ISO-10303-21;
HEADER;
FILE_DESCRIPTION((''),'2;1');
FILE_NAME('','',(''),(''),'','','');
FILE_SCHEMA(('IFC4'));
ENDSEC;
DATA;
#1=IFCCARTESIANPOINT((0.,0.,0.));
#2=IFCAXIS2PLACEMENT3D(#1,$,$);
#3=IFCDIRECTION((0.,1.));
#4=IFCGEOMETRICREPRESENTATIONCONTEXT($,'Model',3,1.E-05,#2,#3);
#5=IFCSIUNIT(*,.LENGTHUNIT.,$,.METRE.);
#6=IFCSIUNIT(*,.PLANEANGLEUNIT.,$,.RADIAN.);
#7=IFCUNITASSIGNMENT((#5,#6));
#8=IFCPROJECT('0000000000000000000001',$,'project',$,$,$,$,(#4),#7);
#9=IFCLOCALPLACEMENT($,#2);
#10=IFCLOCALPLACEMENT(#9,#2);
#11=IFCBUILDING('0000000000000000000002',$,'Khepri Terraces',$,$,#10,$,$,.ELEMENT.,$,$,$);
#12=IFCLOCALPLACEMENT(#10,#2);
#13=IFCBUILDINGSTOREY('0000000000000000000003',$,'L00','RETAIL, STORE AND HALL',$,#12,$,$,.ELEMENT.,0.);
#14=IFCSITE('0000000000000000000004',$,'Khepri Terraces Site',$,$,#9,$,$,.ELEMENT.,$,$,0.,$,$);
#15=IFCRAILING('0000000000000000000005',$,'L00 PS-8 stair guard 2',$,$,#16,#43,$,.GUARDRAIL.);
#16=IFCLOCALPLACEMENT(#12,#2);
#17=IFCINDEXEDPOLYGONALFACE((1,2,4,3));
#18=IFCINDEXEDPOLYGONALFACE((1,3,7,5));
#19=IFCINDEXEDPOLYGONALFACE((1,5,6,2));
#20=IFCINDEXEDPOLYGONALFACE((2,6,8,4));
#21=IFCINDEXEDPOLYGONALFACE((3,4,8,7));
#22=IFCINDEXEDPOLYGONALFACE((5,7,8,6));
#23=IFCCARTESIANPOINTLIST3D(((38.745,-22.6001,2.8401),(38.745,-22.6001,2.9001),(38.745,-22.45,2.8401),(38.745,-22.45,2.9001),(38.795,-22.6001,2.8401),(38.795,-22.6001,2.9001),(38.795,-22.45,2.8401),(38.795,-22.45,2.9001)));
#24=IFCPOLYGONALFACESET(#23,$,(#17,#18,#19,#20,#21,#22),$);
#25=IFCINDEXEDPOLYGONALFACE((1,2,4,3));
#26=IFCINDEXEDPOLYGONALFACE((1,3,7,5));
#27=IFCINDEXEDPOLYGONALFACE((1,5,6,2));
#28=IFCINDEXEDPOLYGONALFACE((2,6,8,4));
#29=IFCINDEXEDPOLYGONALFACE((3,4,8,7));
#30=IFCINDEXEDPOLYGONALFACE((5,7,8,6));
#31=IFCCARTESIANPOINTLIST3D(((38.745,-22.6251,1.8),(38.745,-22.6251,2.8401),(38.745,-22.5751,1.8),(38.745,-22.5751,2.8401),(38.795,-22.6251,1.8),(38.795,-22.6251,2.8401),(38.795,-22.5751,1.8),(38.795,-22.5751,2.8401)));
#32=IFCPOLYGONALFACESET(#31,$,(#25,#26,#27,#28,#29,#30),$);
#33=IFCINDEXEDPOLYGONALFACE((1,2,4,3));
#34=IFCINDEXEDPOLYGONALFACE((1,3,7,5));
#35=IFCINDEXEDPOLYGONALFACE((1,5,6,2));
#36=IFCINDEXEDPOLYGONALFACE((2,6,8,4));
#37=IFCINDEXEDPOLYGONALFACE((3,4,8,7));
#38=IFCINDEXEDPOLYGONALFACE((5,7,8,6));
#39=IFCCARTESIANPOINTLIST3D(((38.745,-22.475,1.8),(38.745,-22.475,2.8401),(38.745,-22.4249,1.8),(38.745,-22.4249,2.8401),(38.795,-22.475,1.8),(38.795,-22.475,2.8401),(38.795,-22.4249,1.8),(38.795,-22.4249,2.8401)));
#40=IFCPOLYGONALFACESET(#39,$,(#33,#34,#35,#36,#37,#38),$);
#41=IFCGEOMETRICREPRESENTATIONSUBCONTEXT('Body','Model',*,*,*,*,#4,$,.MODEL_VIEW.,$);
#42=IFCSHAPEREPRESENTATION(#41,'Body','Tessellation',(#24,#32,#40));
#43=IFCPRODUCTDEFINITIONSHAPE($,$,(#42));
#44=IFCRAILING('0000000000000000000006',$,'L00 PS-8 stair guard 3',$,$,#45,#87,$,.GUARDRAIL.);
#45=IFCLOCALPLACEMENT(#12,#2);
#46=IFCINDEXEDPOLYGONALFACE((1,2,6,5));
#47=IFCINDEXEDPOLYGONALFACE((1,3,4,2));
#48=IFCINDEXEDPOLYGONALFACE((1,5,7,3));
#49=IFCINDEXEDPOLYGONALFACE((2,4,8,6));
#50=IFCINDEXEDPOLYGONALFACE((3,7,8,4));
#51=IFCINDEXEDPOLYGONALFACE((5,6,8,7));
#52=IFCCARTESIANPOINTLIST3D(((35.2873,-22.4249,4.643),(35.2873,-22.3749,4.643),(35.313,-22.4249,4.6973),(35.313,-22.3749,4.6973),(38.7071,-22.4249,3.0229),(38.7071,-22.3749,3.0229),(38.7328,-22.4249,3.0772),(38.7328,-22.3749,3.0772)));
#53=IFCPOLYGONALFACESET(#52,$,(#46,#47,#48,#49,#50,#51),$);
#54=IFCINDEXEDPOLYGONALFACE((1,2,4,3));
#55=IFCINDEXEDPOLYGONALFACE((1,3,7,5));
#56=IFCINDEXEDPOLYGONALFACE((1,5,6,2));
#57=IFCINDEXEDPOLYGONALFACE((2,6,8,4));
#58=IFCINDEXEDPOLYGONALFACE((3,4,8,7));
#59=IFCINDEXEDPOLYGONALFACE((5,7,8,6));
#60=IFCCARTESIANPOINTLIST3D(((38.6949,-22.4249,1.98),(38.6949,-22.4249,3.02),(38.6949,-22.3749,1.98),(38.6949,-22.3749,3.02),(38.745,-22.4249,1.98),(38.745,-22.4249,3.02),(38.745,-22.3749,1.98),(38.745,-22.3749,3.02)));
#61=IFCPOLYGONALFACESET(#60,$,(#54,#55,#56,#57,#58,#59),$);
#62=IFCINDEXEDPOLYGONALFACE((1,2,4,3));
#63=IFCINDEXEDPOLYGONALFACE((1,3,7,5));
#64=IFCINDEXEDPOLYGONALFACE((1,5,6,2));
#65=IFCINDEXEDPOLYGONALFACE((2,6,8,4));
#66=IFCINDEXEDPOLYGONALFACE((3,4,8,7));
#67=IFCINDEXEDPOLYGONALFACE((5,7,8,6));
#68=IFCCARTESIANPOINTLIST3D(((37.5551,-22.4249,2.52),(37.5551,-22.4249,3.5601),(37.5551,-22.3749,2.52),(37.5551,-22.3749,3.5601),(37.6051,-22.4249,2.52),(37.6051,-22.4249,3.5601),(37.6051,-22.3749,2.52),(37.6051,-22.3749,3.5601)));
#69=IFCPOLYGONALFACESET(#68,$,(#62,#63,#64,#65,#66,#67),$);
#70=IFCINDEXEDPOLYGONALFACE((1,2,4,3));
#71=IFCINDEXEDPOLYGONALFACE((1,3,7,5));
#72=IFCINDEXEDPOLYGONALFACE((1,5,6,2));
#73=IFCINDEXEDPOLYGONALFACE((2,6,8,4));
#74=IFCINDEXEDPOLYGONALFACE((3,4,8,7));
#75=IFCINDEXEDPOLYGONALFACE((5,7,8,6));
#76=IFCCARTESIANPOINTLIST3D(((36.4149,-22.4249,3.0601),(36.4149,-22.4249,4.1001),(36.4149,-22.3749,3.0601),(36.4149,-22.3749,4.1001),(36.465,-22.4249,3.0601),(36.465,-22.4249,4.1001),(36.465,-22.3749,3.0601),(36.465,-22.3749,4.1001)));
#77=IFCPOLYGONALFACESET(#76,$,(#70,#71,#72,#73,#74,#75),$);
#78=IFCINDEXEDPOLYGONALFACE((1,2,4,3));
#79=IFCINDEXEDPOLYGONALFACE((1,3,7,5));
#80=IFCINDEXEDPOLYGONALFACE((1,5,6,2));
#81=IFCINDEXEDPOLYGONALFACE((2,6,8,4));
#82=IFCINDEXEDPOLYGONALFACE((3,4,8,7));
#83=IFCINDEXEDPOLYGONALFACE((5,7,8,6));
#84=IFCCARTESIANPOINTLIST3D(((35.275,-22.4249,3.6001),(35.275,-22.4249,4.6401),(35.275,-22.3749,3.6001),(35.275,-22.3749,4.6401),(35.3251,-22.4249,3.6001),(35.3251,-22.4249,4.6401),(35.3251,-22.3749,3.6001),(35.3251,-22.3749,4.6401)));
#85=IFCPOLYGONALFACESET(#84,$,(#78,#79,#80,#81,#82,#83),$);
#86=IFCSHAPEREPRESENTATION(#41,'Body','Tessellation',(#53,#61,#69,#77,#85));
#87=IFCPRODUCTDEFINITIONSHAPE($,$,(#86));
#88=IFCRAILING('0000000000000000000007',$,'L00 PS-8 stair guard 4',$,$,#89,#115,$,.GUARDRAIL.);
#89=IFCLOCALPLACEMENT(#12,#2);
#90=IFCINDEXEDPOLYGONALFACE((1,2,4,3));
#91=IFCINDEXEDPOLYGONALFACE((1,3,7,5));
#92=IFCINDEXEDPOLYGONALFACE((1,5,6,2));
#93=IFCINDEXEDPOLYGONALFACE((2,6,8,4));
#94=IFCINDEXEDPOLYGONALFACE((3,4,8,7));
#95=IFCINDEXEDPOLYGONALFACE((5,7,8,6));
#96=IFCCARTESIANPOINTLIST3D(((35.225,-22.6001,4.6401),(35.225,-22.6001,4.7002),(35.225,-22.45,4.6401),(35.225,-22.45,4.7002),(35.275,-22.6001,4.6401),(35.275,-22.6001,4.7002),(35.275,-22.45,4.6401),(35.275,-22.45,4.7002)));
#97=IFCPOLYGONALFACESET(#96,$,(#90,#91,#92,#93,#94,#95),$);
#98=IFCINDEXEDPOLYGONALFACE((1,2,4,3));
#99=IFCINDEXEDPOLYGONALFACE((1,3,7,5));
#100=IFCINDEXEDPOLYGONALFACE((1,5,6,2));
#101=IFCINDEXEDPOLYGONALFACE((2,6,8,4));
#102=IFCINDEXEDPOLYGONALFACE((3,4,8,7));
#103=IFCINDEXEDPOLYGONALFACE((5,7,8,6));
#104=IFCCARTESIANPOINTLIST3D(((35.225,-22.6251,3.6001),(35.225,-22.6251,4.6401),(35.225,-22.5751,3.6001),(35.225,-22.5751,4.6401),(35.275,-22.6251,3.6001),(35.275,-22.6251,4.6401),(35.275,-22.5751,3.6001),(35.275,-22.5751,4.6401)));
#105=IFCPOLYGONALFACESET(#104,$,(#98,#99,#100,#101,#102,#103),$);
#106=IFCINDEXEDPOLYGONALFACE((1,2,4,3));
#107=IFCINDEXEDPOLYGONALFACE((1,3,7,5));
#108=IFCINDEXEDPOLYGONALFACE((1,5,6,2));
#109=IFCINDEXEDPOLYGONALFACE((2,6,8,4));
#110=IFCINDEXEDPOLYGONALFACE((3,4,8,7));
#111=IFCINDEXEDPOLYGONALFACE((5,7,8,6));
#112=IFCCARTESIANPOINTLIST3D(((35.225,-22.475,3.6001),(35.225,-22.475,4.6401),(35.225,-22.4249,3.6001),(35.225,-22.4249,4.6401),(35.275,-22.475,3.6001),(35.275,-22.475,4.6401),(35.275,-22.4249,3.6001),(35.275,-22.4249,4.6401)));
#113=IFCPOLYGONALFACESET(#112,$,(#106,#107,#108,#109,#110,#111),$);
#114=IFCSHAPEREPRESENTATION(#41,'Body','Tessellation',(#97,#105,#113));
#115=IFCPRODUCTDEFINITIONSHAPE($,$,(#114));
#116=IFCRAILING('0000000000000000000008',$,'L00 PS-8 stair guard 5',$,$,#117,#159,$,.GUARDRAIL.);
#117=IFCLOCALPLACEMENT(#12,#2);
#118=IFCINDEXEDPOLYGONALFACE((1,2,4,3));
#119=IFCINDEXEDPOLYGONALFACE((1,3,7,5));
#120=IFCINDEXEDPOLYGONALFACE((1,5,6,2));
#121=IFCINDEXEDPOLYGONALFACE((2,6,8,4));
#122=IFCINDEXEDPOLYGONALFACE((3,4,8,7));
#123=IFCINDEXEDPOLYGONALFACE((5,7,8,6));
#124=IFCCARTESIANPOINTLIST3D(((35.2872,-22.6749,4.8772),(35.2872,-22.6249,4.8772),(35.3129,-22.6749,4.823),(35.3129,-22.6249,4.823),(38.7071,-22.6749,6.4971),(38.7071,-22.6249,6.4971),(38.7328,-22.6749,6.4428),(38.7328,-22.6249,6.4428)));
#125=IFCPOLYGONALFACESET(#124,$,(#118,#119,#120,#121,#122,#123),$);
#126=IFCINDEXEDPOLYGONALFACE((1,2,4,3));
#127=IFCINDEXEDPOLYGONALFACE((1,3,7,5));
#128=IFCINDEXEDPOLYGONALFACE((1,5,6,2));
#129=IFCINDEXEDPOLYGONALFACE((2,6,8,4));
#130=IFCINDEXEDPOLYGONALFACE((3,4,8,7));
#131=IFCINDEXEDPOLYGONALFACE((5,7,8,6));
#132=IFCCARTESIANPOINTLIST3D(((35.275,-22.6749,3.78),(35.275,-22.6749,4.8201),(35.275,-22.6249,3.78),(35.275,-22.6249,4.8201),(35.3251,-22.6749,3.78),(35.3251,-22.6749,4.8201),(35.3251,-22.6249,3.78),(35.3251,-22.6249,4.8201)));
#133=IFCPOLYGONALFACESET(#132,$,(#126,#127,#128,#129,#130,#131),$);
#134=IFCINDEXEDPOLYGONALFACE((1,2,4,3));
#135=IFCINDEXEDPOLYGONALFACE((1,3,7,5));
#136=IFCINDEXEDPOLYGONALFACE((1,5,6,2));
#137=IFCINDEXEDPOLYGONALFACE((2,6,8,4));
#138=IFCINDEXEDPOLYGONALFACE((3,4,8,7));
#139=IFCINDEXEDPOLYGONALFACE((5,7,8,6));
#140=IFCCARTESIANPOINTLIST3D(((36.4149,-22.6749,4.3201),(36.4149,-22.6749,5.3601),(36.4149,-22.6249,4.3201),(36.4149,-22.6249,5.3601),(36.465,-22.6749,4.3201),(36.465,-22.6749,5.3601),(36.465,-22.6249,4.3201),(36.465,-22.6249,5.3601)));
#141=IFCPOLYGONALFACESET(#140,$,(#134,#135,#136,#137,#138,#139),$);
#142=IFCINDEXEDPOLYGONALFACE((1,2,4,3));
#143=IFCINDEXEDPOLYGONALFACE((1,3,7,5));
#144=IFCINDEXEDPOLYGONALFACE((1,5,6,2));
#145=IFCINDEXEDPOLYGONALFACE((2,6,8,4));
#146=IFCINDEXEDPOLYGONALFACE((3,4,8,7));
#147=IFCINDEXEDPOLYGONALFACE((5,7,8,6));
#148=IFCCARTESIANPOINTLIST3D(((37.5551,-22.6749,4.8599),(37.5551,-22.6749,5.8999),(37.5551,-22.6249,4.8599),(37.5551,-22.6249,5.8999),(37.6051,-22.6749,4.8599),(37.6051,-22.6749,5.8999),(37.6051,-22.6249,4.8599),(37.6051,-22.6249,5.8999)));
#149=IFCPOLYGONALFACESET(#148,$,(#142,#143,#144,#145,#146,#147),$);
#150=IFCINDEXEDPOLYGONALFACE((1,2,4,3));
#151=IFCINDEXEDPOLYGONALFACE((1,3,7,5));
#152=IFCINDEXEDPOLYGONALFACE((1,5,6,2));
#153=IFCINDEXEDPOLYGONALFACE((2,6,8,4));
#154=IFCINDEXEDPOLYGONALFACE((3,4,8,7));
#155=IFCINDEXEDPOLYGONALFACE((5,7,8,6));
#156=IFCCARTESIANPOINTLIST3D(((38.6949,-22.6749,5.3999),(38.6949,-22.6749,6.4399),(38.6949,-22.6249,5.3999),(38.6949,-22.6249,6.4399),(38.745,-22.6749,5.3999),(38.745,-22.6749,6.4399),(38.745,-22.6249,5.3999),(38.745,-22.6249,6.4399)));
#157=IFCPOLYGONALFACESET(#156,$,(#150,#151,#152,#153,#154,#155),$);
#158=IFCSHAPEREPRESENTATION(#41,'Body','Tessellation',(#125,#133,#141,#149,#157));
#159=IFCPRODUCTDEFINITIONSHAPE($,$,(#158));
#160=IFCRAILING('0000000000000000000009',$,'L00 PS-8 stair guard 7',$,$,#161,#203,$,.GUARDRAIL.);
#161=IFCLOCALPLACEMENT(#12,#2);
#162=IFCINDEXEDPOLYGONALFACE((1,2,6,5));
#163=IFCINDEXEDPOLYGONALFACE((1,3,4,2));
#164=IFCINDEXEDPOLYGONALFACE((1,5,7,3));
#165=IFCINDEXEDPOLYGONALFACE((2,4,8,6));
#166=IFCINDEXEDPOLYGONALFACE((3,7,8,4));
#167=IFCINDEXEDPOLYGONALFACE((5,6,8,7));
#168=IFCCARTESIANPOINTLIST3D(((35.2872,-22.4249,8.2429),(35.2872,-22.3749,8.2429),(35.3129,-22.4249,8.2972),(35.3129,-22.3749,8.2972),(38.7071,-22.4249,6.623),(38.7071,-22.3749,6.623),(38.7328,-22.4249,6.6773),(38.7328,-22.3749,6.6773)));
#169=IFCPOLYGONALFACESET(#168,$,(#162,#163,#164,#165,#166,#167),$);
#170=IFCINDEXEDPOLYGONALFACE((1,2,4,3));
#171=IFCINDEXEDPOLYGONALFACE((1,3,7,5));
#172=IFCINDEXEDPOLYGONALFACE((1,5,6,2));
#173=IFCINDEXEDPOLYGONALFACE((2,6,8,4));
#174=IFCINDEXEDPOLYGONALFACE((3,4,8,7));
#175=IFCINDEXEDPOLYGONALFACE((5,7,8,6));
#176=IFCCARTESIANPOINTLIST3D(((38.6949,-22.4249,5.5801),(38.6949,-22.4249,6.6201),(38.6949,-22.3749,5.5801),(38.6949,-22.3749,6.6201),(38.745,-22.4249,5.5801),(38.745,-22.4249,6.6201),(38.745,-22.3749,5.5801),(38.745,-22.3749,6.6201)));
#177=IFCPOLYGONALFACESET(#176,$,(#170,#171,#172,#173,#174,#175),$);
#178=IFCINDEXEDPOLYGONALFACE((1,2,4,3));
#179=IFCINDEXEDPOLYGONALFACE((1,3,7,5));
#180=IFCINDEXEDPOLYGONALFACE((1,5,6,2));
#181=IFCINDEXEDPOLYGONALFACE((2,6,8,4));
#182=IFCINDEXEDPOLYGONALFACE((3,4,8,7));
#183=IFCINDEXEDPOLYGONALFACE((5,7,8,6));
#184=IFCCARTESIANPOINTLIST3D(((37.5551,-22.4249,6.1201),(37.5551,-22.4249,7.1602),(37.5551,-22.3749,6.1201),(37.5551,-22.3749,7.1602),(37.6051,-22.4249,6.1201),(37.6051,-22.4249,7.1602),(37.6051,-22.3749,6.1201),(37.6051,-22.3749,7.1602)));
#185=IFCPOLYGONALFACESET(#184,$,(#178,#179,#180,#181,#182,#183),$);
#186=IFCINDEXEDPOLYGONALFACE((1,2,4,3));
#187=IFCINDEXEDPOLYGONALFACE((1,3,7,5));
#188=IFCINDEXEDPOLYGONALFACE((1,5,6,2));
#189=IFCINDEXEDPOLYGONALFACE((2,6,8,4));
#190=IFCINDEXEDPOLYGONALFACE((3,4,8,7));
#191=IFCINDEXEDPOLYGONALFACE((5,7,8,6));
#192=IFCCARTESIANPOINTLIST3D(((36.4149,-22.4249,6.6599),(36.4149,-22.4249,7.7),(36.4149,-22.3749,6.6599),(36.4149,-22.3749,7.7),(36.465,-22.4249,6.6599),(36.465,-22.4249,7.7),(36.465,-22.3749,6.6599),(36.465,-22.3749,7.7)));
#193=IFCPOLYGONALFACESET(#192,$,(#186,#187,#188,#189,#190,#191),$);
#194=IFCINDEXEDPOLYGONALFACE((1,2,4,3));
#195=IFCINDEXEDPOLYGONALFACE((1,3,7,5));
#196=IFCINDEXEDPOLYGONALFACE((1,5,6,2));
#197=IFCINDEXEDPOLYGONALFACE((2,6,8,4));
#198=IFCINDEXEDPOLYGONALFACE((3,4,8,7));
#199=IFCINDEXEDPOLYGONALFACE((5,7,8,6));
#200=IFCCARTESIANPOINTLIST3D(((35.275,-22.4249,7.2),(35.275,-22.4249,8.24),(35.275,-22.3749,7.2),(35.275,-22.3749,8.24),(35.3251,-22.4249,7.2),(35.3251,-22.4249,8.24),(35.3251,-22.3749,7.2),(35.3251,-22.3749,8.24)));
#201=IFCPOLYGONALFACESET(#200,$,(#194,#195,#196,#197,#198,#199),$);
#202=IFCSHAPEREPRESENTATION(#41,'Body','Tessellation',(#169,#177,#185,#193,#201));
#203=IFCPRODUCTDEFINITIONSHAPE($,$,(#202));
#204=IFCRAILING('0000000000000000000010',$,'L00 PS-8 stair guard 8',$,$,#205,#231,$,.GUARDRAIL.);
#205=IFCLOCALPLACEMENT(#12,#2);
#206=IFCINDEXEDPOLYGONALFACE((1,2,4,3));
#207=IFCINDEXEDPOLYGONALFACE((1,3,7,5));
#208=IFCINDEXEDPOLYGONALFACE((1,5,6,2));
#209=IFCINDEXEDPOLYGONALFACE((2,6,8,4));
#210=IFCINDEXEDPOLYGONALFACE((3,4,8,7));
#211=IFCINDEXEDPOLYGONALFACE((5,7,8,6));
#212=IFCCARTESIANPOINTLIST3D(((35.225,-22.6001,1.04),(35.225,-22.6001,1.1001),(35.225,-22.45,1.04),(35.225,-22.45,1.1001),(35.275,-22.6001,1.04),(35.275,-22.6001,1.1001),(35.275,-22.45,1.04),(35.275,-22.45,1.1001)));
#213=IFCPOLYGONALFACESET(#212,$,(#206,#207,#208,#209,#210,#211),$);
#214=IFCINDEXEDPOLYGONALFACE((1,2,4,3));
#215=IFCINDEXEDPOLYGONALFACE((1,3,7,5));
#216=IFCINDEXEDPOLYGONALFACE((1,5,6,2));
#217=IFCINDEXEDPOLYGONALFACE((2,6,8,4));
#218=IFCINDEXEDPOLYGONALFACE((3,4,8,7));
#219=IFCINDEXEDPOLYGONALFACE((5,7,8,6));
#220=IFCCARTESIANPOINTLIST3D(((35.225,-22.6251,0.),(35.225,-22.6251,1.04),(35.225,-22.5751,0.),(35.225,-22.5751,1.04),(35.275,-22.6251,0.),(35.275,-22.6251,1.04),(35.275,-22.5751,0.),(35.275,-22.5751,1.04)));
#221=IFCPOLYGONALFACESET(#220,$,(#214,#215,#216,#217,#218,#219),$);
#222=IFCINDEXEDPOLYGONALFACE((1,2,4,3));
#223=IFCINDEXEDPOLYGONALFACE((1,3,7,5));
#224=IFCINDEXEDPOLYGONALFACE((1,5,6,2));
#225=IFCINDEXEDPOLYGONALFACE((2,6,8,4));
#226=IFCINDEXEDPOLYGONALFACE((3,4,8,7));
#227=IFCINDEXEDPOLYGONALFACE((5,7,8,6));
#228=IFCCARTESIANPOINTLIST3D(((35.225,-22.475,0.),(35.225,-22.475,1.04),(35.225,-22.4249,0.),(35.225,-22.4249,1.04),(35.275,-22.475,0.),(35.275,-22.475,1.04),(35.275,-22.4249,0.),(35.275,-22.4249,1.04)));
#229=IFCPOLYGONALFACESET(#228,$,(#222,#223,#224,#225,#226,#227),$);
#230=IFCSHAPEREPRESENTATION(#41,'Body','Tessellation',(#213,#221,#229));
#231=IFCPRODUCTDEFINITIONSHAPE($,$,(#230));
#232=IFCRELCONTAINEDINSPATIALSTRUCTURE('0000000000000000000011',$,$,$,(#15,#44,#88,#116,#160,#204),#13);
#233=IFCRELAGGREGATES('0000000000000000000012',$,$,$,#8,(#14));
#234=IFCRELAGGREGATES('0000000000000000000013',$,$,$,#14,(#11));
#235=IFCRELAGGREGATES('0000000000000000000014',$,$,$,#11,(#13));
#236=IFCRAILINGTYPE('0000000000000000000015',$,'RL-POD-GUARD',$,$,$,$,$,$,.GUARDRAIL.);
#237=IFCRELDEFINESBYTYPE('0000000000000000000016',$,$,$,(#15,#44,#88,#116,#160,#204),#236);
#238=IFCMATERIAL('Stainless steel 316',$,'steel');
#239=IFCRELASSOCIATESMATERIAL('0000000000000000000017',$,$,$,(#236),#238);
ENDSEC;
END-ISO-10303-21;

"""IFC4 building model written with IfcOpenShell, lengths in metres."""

from ifc_helpers import new_model, si_unit, direction, frame, origin, origin_2d, place, context, subcontext, project, spatial, rectangle, extrude, material, type_object, element, save


model = new_model("IFC4")

# Units and contexts
model_context = context("Model", 3, precision=1e-05, world=origin(), true_north=direction((0.0, 1.0)))
body_context = subcontext(model_context, "Body", "Model", "MODEL_VIEW")
ifc_project = project(units=[si_unit("LENGTHUNIT", "METRE"), si_unit("PLANEANGLEUNIT", "RADIAN")], contexts=[model_context])

# Site, building, storey
site_placement = place(None, origin())
site = spatial("IfcSite", under=ifc_project, at=site_placement, Name="Khepri Terraces Site", CompositionType="ELEMENT", RefElevation=0.0)
building_placement = place(site_placement, origin())
building = spatial("IfcBuilding", under=site, at=building_placement, Name="Khepri Terraces", CompositionType="ELEMENT")
storey_placement = place(building_placement, origin())
storey = spatial("IfcBuildingStorey", under=building, at=storey_placement, Name="L00", Description="RETAIL, STORE AND HALL", CompositionType="ELEMENT", Elevation=0.0)

# Railings
ifc_material_1 = material(Name="Stainless steel 316", Category="steel")
railing_type_1 = type_object("IfcRailingType", Name="RL-POD-GUARD", PredefinedType="GUARDRAIL", material=ifc_material_1)
railing_1_placement = place(storey_placement, frame((38.77, -22.6001, 1.8)))
element("IfcRailing", 1, at=railing_1_placement, inside=storey, type_object=railing_type_1, Name="L00 PS-8 stair guard 2", PredefinedType="GUARDRAIL", context=body_context, shape_type="SweptSolid", body=[
    extrude(rectangle(XDim=0.05, YDim=0.0601, at=origin_2d()), frame((0.0, 0.0, 1.0701), z_axis=(0.0, 1.0, 0.0), x_axis=(-1.0, 0.0, 0.0)), (0.0, 0.0, 1.0), 0.1501),
    extrude(rectangle(XDim=0.05, YDim=0.05, at=origin_2d()), origin(), (0.0, 0.0, 1.0), 1.04),
    extrude(rectangle(XDim=0.05, YDim=0.05, at=origin_2d()), frame((0.0, 0.1501, 0.0)), (0.0, 0.0, 1.0), 1.04),
])
railing_2_placement = place(storey_placement, frame((38.72, -22.3999, 1.98)))
element("IfcRailing", 2, at=railing_2_placement, inside=storey, type_object=railing_type_1, Name="L00 PS-8 stair guard 3", PredefinedType="GUARDRAIL", context=body_context, shape_type="SweptSolid", body=[
    extrude(rectangle(XDim=0.05, YDim=0.0601, at=origin_2d()), frame((0.0, 0.0, 1.0701), z_axis=(-0.903722, 0.0, 0.42812), x_axis=(0.0, -1.0, 0.0)), (0.0, 0.0, 1.0), 3.7842),
    extrude(rectangle(XDim=0.05, YDim=0.05, at=origin_2d()), origin(), (0.0, 0.0, 1.0), 1.04),
    extrude(rectangle(XDim=0.05, YDim=0.05, at=origin_2d()), frame((-1.1399, 0.0, 0.54)), (0.0, 0.0, 1.0), 1.04),
    extrude(rectangle(XDim=0.05, YDim=0.05, at=origin_2d()), frame((-2.28, 0.0, 1.0801)), (0.0, 0.0, 1.0), 1.04),
    extrude(rectangle(XDim=0.05, YDim=0.05, at=origin_2d()), frame((-3.4199, 0.0, 1.6201)), (0.0, 0.0, 1.0), 1.04),
])
railing_3_placement = place(storey_placement, frame((35.25, -22.6001, 3.6001)))
element("IfcRailing", 3, at=railing_3_placement, inside=storey, type_object=railing_type_1, Name="L00 PS-8 stair guard 4", PredefinedType="GUARDRAIL", context=body_context, shape_type="SweptSolid", body=[
    extrude(rectangle(XDim=0.05, YDim=0.0601, at=origin_2d()), frame((0.0, 0.0, 1.0701), z_axis=(0.0, 1.0, 0.0), x_axis=(-1.0, 0.0, 0.0)), (0.0, 0.0, 1.0), 0.1501),
    extrude(rectangle(XDim=0.05, YDim=0.05, at=origin_2d()), origin(), (0.0, 0.0, 1.0), 1.04),
    extrude(rectangle(XDim=0.05, YDim=0.05, at=origin_2d()), frame((0.0, 0.1501, 0.0)), (0.0, 0.0, 1.0), 1.04),
])
railing_4_placement = place(storey_placement, frame((35.3, -22.6499, 3.78)))
element("IfcRailing", 4, at=railing_4_placement, inside=storey, type_object=railing_type_1, Name="L00 PS-8 stair guard 5", PredefinedType="GUARDRAIL", context=body_context, shape_type="SweptSolid", body=[
    extrude(rectangle(XDim=0.05, YDim=0.0601, at=origin_2d()), frame((0.0, 0.0, 1.0701), z_axis=(0.903747, 0.0, 0.428067), x_axis=(0.0, 1.0, 0.0)), (0.0, 0.0, 1.0), 3.7842),
    extrude(rectangle(XDim=0.05, YDim=0.05, at=origin_2d()), origin(), (0.0, 0.0, 1.0), 1.04),
    extrude(rectangle(XDim=0.05, YDim=0.05, at=origin_2d()), frame((1.1399, 0.0, 0.54)), (0.0, 0.0, 1.0), 1.04),
    extrude(rectangle(XDim=0.05, YDim=0.05, at=origin_2d()), frame((2.28, 0.0, 1.0798)), (0.0, 0.0, 1.0), 1.04),
    extrude(rectangle(XDim=0.05, YDim=0.05, at=origin_2d()), frame((3.4199, 0.0, 1.6199)), (0.0, 0.0, 1.0), 1.04),
])
railing_5_placement = place(storey_placement, frame((38.72, -22.3999, 5.5801)))
element("IfcRailing", 5, at=railing_5_placement, inside=storey, type_object=railing_type_1, Name="L00 PS-8 stair guard 7", PredefinedType="GUARDRAIL", context=body_context, shape_type="SweptSolid", body=[
    extrude(rectangle(XDim=0.05, YDim=0.0601, at=origin_2d()), frame((0.0, 0.0, 1.0701), z_axis=(-0.903747, 0.0, 0.428067), x_axis=(0.0, -1.0, 0.0)), (0.0, 0.0, 1.0), 3.7842),
    extrude(rectangle(XDim=0.05, YDim=0.05, at=origin_2d()), origin(), (0.0, 0.0, 1.0), 1.04),
    extrude(rectangle(XDim=0.05, YDim=0.05, at=origin_2d()), frame((-1.1399, 0.0, 0.54)), (0.0, 0.0, 1.0), 1.04),
    extrude(rectangle(XDim=0.05, YDim=0.05, at=origin_2d()), frame((-2.28, 0.0, 1.0798)), (0.0, 0.0, 1.0), 1.04),
    extrude(rectangle(XDim=0.05, YDim=0.05, at=origin_2d()), frame((-3.4199, 0.0, 1.6199)), (0.0, 0.0, 1.0), 1.04),
])
railing_6_placement = place(storey_placement, frame((35.25, -22.6001, 0.0)))
element("IfcRailing", 6, at=railing_6_placement, inside=storey, type_object=railing_type_1, Name="L00 PS-8 stair guard 8", PredefinedType="GUARDRAIL", context=body_context, shape_type="SweptSolid", body=[
    extrude(rectangle(XDim=0.05, YDim=0.0601, at=origin_2d()), frame((0.0, 0.0, 1.0701), z_axis=(0.0, 1.0, 0.0), x_axis=(-1.0, 0.0, 0.0)), (0.0, 0.0, 1.0), 0.1501),
    extrude(rectangle(XDim=0.05, YDim=0.05, at=origin_2d()), origin(), (0.0, 0.0, 1.0), 1.04),
    extrude(rectangle(XDim=0.05, YDim=0.05, at=origin_2d()), frame((0.0, 0.1501, 0.0)), (0.0, 0.0, 1.0), 1.04),
])

save(model, "model.ifc")
